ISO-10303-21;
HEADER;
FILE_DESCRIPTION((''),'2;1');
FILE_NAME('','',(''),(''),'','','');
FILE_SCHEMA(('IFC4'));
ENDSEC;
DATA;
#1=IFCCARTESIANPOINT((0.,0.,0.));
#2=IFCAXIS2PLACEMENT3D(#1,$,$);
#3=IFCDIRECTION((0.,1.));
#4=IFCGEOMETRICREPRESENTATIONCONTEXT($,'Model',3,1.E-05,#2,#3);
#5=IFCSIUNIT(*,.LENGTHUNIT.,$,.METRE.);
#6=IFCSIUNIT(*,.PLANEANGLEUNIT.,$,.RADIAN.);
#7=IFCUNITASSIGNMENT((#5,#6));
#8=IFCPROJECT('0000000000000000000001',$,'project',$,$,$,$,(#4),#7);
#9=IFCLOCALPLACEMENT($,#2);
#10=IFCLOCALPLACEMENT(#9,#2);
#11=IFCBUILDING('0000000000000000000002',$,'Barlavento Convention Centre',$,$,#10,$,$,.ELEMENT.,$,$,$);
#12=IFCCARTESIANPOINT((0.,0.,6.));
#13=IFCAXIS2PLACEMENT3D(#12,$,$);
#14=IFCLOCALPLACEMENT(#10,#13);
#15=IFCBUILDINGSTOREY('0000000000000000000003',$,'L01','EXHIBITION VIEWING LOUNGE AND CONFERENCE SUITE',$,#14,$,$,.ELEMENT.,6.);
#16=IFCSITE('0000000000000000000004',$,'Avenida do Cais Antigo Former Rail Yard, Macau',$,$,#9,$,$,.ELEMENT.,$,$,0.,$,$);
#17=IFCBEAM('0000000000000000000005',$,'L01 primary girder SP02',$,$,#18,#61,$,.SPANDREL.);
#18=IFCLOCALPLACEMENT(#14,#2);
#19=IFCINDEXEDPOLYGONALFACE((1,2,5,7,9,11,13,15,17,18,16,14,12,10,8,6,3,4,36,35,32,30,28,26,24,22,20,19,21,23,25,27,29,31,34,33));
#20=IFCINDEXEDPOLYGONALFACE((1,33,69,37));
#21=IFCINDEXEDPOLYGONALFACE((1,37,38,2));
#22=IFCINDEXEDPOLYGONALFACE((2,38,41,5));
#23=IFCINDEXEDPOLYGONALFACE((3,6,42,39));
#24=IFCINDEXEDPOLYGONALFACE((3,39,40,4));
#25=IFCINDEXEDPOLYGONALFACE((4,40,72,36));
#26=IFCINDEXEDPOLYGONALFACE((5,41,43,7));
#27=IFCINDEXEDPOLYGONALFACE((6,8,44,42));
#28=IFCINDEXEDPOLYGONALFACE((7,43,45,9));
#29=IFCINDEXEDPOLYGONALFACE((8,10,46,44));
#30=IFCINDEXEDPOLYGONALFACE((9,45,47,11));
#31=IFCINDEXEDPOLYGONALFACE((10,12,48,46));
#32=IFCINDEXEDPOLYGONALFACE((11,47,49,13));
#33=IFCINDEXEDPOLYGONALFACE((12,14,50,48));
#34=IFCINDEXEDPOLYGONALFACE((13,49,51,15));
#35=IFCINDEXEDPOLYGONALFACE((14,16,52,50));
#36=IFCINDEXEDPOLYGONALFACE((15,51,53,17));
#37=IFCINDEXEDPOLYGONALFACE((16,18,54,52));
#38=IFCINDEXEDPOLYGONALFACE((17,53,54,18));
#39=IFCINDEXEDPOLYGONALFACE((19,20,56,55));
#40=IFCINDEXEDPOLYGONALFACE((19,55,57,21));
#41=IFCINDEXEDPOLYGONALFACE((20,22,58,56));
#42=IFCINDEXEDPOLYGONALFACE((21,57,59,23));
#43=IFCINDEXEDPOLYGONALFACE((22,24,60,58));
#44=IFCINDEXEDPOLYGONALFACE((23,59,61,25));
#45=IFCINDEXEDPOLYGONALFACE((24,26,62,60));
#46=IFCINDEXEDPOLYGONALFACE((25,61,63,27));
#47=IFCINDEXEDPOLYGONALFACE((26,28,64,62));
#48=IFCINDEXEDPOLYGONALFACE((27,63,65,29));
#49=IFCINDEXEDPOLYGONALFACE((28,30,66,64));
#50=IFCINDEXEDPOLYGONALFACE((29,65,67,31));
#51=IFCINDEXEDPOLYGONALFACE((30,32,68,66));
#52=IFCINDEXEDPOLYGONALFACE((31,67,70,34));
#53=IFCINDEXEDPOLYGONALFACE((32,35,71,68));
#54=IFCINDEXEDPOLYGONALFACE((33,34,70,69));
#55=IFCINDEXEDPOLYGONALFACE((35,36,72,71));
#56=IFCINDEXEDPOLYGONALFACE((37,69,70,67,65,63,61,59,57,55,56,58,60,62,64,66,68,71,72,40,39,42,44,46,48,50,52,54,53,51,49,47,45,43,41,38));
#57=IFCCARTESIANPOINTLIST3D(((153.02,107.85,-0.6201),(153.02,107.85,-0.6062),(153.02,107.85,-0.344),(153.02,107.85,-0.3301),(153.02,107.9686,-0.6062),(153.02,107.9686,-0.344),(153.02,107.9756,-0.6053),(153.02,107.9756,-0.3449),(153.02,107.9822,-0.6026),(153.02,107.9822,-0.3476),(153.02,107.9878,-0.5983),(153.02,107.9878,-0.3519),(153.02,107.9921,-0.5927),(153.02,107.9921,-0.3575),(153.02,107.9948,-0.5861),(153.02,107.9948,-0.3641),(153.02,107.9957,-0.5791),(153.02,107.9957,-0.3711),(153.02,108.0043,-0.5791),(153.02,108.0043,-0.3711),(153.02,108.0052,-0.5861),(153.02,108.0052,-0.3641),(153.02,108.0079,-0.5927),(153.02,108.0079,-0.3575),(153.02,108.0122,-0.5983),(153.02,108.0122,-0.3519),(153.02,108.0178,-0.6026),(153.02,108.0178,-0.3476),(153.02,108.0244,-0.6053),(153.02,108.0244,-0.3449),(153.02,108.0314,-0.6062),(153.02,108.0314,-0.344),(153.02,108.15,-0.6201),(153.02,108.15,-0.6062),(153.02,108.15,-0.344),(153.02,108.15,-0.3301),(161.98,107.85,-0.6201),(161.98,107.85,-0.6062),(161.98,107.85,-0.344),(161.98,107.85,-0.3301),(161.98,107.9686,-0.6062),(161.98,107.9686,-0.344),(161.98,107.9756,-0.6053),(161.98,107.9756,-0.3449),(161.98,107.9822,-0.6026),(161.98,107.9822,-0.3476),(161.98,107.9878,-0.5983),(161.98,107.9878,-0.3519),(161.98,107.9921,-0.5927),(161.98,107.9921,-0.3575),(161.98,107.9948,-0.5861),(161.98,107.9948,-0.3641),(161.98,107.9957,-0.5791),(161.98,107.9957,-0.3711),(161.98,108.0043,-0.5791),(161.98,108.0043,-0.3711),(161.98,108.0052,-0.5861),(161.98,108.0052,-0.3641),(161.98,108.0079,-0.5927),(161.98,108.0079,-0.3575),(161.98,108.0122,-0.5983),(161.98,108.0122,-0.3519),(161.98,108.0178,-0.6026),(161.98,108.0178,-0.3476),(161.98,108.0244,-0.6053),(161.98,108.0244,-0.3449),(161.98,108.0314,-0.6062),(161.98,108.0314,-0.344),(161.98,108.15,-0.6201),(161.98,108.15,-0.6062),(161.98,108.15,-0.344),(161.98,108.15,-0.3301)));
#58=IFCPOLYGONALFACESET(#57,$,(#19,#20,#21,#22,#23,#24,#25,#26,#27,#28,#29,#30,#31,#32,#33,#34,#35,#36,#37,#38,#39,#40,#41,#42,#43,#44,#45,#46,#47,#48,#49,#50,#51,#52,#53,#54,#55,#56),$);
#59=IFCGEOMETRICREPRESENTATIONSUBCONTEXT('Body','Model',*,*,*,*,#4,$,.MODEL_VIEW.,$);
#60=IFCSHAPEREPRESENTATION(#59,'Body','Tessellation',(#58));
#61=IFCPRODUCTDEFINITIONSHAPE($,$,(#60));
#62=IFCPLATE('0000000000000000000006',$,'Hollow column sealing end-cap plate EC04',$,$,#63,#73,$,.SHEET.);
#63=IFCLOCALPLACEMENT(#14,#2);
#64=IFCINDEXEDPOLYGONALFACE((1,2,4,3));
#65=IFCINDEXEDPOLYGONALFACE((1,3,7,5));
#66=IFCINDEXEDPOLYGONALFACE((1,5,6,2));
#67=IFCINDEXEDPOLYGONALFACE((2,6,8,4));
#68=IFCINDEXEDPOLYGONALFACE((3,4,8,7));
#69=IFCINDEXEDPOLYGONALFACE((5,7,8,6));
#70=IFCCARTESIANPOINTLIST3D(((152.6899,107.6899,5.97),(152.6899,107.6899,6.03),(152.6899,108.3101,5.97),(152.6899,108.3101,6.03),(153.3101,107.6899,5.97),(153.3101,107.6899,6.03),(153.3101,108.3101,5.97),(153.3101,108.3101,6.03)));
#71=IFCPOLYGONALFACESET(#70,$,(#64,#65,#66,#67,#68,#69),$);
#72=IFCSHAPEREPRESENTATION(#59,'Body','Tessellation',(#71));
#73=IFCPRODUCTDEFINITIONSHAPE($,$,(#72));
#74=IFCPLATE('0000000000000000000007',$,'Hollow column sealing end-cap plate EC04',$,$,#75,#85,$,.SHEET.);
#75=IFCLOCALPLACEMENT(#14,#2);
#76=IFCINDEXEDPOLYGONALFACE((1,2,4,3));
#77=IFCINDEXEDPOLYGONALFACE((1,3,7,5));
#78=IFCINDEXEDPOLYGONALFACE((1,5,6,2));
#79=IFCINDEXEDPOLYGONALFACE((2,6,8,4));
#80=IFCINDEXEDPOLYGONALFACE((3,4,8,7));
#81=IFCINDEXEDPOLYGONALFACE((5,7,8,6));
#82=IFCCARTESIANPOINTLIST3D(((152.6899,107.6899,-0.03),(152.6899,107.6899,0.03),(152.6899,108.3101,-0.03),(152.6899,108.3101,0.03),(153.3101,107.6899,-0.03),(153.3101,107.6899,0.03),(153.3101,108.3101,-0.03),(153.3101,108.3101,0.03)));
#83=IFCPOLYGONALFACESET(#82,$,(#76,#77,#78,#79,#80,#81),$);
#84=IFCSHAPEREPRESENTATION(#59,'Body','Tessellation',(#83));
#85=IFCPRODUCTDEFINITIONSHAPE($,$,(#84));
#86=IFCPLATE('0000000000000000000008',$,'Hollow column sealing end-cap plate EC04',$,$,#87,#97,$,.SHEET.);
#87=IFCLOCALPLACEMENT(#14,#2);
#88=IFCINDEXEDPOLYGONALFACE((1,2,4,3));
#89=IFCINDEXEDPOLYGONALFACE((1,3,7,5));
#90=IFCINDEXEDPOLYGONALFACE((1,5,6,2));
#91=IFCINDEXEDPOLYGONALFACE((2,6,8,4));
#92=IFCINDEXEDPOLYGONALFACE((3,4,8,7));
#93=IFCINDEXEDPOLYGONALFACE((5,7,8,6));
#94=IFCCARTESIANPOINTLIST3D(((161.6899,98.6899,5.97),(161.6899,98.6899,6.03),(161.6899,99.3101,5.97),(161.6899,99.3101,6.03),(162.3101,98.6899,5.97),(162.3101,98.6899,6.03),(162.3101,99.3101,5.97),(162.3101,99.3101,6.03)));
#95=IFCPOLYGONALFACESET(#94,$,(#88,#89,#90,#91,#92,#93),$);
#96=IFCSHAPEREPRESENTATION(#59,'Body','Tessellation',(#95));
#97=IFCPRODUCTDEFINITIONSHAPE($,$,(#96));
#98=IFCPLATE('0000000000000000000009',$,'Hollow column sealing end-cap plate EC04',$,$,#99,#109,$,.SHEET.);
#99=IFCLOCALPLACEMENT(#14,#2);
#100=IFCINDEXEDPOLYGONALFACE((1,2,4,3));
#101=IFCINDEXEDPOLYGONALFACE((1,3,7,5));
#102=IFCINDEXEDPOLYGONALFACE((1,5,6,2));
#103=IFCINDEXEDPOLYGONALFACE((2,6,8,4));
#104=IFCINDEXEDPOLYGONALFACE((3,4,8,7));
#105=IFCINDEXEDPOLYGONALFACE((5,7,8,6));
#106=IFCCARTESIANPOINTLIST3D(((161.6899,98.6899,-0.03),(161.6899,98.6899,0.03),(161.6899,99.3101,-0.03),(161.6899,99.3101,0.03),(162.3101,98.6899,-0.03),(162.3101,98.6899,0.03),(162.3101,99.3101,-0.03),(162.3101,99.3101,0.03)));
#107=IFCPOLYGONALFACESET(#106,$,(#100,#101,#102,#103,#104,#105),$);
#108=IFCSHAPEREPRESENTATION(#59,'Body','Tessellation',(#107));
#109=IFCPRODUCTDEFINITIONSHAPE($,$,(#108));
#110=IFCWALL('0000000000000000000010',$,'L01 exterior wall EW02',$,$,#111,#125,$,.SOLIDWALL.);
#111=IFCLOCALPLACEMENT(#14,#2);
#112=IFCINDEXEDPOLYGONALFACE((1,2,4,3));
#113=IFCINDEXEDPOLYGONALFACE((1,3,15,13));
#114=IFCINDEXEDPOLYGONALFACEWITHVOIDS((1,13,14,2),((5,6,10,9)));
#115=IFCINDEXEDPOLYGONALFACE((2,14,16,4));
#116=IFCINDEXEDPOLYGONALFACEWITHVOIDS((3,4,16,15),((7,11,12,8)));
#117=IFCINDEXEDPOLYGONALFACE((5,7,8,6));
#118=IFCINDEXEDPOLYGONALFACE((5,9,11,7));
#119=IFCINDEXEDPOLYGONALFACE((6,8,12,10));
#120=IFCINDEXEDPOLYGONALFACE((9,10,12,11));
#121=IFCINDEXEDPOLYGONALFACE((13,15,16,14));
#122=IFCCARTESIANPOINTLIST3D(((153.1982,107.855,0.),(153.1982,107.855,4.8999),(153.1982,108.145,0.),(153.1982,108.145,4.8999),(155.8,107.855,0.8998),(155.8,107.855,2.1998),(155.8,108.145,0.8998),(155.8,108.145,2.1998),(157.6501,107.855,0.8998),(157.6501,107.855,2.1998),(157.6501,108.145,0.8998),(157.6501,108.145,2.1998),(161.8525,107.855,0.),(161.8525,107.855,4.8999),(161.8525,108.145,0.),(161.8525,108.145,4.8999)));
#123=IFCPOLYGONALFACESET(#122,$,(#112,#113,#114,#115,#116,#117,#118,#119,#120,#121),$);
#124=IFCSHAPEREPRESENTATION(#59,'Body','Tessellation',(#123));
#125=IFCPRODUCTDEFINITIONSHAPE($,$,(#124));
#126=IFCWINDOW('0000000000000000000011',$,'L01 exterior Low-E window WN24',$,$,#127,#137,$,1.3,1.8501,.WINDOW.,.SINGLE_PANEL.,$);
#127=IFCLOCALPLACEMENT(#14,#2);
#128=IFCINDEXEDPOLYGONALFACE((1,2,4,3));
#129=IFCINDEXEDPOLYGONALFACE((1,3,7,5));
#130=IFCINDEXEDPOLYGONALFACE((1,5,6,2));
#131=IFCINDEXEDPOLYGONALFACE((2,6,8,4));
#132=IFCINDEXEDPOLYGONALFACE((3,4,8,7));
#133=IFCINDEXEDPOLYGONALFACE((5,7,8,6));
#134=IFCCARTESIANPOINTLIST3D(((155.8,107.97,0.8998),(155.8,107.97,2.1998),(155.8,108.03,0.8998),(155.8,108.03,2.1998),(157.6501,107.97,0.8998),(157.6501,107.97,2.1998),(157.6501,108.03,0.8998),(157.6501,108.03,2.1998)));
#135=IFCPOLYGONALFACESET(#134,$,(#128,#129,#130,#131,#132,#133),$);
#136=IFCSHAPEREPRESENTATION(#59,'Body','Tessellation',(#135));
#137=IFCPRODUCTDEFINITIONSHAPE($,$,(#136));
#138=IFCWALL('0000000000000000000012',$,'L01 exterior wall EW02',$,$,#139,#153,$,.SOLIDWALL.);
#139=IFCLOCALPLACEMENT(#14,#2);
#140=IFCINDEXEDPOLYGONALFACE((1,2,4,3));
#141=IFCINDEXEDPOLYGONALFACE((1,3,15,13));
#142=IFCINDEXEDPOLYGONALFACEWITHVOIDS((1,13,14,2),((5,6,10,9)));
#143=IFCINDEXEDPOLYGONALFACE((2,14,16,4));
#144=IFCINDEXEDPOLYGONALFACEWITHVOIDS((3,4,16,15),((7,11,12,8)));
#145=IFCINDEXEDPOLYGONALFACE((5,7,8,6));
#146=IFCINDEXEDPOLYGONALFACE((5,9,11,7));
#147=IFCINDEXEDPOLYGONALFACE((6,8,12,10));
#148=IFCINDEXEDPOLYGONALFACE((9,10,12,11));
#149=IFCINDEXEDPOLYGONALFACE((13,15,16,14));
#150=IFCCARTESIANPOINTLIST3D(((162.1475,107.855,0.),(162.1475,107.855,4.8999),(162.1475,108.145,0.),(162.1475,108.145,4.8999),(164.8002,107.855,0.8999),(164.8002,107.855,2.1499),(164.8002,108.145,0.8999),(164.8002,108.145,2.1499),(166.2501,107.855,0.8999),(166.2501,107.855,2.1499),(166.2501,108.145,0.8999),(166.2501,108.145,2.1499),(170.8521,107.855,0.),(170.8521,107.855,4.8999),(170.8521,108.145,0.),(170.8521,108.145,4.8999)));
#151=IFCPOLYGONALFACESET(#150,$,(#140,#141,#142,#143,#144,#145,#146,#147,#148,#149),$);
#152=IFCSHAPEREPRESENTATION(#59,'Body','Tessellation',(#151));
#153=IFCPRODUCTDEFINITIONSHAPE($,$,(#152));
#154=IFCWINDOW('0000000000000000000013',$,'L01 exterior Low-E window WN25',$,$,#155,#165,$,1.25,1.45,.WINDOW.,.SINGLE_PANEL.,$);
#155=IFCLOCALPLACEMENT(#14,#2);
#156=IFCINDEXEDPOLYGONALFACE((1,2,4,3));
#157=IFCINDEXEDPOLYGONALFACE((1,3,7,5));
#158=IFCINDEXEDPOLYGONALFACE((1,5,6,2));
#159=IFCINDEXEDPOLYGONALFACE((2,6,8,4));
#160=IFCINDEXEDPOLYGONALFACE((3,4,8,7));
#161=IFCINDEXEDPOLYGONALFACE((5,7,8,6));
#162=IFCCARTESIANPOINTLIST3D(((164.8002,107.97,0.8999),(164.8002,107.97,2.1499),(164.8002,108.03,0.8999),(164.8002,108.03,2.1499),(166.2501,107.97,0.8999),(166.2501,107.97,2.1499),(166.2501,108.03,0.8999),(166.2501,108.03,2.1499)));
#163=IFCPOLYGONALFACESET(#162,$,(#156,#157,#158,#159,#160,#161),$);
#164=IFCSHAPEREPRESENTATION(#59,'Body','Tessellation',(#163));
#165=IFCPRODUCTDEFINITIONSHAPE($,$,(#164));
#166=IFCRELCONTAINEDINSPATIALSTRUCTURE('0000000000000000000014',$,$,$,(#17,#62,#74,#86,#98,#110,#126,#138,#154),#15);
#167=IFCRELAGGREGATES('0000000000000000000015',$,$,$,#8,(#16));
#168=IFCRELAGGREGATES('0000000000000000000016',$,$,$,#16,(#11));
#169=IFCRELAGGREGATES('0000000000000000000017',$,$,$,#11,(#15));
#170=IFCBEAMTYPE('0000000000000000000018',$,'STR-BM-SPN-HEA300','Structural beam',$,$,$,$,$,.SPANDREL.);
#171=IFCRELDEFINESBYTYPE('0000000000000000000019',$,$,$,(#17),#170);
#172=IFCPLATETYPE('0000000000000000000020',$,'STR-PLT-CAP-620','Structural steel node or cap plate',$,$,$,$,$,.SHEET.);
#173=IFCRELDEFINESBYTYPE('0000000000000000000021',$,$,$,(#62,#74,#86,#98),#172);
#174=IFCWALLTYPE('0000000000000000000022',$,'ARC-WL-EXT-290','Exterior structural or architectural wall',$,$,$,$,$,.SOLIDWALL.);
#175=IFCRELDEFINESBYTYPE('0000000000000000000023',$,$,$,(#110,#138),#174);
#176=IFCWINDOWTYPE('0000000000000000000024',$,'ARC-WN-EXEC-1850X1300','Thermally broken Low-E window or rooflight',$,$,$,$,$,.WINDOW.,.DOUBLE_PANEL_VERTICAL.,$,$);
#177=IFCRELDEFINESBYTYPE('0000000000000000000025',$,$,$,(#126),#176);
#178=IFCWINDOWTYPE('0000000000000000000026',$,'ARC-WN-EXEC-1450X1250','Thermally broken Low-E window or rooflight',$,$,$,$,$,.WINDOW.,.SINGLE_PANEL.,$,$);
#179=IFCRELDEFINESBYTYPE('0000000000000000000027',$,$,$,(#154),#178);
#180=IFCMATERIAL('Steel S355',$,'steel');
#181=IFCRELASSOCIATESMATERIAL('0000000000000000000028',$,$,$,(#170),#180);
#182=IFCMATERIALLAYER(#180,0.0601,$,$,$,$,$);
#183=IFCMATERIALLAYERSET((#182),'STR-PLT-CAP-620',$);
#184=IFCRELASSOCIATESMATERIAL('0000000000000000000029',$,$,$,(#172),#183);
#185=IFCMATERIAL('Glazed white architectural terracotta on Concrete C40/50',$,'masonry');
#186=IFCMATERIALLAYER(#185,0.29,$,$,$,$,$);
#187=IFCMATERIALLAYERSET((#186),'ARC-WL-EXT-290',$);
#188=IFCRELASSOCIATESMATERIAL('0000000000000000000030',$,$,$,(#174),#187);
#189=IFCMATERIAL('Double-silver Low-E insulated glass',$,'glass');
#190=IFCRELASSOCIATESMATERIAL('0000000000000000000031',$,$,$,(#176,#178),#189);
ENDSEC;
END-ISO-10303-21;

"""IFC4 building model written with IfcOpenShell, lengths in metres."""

from ifc_helpers import new_model, si_unit, direction, frame, frame_2d, origin, origin_2d, place, context, subcontext, project, spatial, rectangle, i_section, extrude, material, layer, layer_set, material_profile, profile_set, type_object, element, fill, save


model = new_model("IFC4")

# Units and contexts
model_context = context("Model", 3, precision=1e-05, world=origin(), true_north=direction((0.0, 1.0)))
body_context = subcontext(model_context, "Body", "Model", "MODEL_VIEW")
ifc_project = project(units=[si_unit("LENGTHUNIT", "METRE"), si_unit("PLANEANGLEUNIT", "RADIAN")], contexts=[model_context])

# Site, building, storey
site_placement = place(None, origin())
site = spatial("IfcSite", under=ifc_project, at=site_placement, Name="Avenida do Cais Antigo Former Rail Yard, Macau", CompositionType="ELEMENT", RefElevation=0.0)
building_placement = place(site_placement, origin())
building = spatial("IfcBuilding", under=site, at=building_placement, Name="Barlavento Convention Centre", CompositionType="ELEMENT")
storey_placement = place(building_placement, frame((0.0, 0.0, 6.0)))
storey = spatial("IfcBuildingStorey", under=building, at=storey_placement, Name="L01", Description="EXHIBITION VIEWING LOUNGE AND CONFERENCE SUITE", CompositionType="ELEMENT", Elevation=6.0)

# Shared definitions
ifc_material_1 = material(Name="Steel S355", Category="steel")

# Beam
ifc_material_profile_1 = material_profile(ifc_material_1, i_section(OverallWidth=0.3, OverallDepth=0.29, WebThickness=0.0085, FlangeThickness=0.0139, FilletRadius=0.0271, at=origin_2d()), Name="HEA 300")
ifc_profile_set_1 = profile_set([ifc_material_profile_1], Name="Steel S355")
beam_type_1 = type_object("IfcBeamType", Name="STR-BM-SPN-HEA300", Description="Structural beam", PredefinedType="SPANDREL", material=ifc_profile_set_1)
beam_1_placement = place(storey_placement, frame((153.02, 108.0, -0.4751), z_axis=(1.0, 0.0, 0.0), x_axis=(0.0, 1.0, 0.0)))
element("IfcBeam", 1, at=beam_1_placement, inside=storey, type_object=beam_type_1, Name="L01 primary girder SP02", PredefinedType="SPANDREL", context=body_context, shape_type="SweptSolid", body=[
    extrude(i_section(OverallWidth=0.3, OverallDepth=0.29, WebThickness=0.0085, FlangeThickness=0.0139, FilletRadius=0.0271, at=origin_2d()), origin(), (0.0, 0.0, 1.0), 8.96),
])

# Plates
ifc_layer_1 = layer(ifc_material_1, 0.0601)
ifc_layer_set_1 = layer_set([ifc_layer_1], Name="STR-PLT-CAP-620")
plate_type = type_object("IfcPlateType", Name="STR-PLT-CAP-620", Description="Structural steel node or cap plate", PredefinedType="SHEET", material=ifc_layer_set_1)
for number, where, z_axis, x_axis, name in (
    (2, (153.0, 108.0, 5.97), (0.0, 0.0, 1.0), (1.0, 0.0, 0.0), "Hollow column sealing end-cap plate EC04"),
    (3, (153.0, 108.0, -0.03), (0.0, 0.0, 1.0), (1.0, 0.0, 0.0), "Hollow column sealing end-cap plate EC04"),
    (4, (162.0, 99.0, 5.97), (0.0, 0.0, 1.0), (1.0, 0.0, 0.0), "Hollow column sealing end-cap plate EC04"),
    (5, (162.0, 99.0, -0.03), (0.0, 0.0, 1.0), (1.0, 0.0, 0.0), "Hollow column sealing end-cap plate EC04"),
):
    element("IfcPlate", number, at=place(storey_placement, frame(where, z_axis=z_axis, x_axis=x_axis)), inside=storey, type_object=plate_type, Name=name, PredefinedType="SHEET", context=body_context, shape_type="SweptSolid", body=[
        extrude(rectangle(XDim=0.6201, YDim=0.6201, at=origin_2d()), origin(), (0.0, 0.0, 1.0), 0.0601),
    ])

# Walls, openings, windows
ifc_material_2 = material(Name="Glazed white architectural terracotta on Concrete C40/50", Category="masonry")
ifc_layer_2 = layer(ifc_material_2, 0.29)
ifc_layer_set_2 = layer_set([ifc_layer_2], Name="ARC-WL-EXT-290")
wall_type_1 = type_object("IfcWallType", Name="ARC-WL-EXT-290", Description="Exterior structural or architectural wall", PredefinedType="SOLIDWALL", material=ifc_layer_set_2)
wall_1_placement = place(storey_placement, frame((153.1982, 108.0, 0.0), z_axis=(0.0, 0.0, 1.0), x_axis=(1.0, 0.0, 0.0)))
wall_1 = element("IfcWall", 6, at=wall_1_placement, inside=storey, type_object=wall_type_1, Name="L01 exterior wall EW02", PredefinedType="SOLIDWALL", context=body_context, shape_type="SweptSolid", body=[
    extrude(rectangle(XDim=8.6543, YDim=0.29, at=frame_2d((4.3271, 0.0))), origin(), (0.0, 0.0, 1.0), 4.8999),
])
opening_1_placement = place(wall_1_placement, frame((2.6018, 0.0, 0.8999)))
opening_1 = element("IfcOpeningElement", 7, at=opening_1_placement, cuts=wall_1, PredefinedType="OPENING", context=body_context, shape_type="SweptSolid", body=[
    extrude(rectangle(XDim=1.8501, YDim=1.3, at=frame_2d((0.925, 0.6499))), frame((0.0, 0.155, 0.0), z_axis=(0.0, -1.0, 0.0), x_axis=(1.0, 0.0, 0.0)), (0.0, 0.0, 1.0), 0.3101),
])
ifc_material_3 = material(Name="Double-silver Low-E insulated glass", Category="glass")
window_type_1 = type_object("IfcWindowType", Name="ARC-WN-EXEC-1850X1300", Description="Thermally broken Low-E window or rooflight", PartitioningType="DOUBLE_PANEL_VERTICAL", PredefinedType="WINDOW", material=ifc_material_3)
window_1_placement = place(opening_1_placement, origin())
window_1 = element("IfcWindow", 8, at=window_1_placement, inside=storey, type_object=window_type_1, Name="L01 exterior Low-E window WN24", OverallHeight=1.3, OverallWidth=1.8501, PartitioningType="SINGLE_PANEL", PredefinedType="WINDOW", context=body_context, shape_type="SweptSolid", body=[
    extrude(rectangle(XDim=1.8501, YDim=1.3, at=frame_2d((0.925, 0.6499))), frame((0.0, 0.03, 0.0), z_axis=(0.0, -1.0, 0.0), x_axis=(1.0, 0.0, 0.0)), (0.0, 0.0, 1.0), 0.0601),
])
fill(opening_1, window_1)
wall_2_placement = place(storey_placement, frame((162.1475, 108.0, 0.0), z_axis=(0.0, 0.0, 1.0), x_axis=(1.0, 0.0, 0.0)))
wall_2 = element("IfcWall", 9, at=wall_2_placement, inside=storey, type_object=wall_type_1, Name="L01 exterior wall EW02", PredefinedType="SOLIDWALL", context=body_context, shape_type="SweptSolid", body=[
    extrude(rectangle(XDim=8.7046, YDim=0.29, at=frame_2d((4.3523, 0.0))), origin(), (0.0, 0.0, 1.0), 4.8999),
])
opening_2_placement = place(wall_2_placement, frame((2.6526, 0.0, 0.8999)))
opening_2 = element("IfcOpeningElement", 10, at=opening_2_placement, cuts=wall_2, PredefinedType="OPENING", context=body_context, shape_type="SweptSolid", body=[
    extrude(rectangle(XDim=1.45, YDim=1.25, at=frame_2d((0.7251, 0.625))), frame((0.0, 0.155, 0.0), z_axis=(0.0, -1.0, 0.0), x_axis=(1.0, 0.0, 0.0)), (0.0, 0.0, 1.0), 0.3101),
])
window_type_2 = type_object("IfcWindowType", Name="ARC-WN-EXEC-1450X1250", Description="Thermally broken Low-E window or rooflight", PartitioningType="SINGLE_PANEL", PredefinedType="WINDOW", material=ifc_material_3)
window_2_placement = place(opening_2_placement, origin())
window_2 = element("IfcWindow", 11, at=window_2_placement, inside=storey, type_object=window_type_2, Name="L01 exterior Low-E window WN25", OverallHeight=1.25, OverallWidth=1.45, PartitioningType="SINGLE_PANEL", PredefinedType="WINDOW", context=body_context, shape_type="SweptSolid", body=[
    extrude(rectangle(XDim=1.45, YDim=1.25, at=frame_2d((0.7251, 0.625))), frame((0.0, 0.03, 0.0), z_axis=(0.0, -1.0, 0.0), x_axis=(1.0, 0.0, 0.0)), (0.0, 0.0, 1.0), 0.0601),
])
fill(opening_2, window_2)

save(model, "model.ifc")
